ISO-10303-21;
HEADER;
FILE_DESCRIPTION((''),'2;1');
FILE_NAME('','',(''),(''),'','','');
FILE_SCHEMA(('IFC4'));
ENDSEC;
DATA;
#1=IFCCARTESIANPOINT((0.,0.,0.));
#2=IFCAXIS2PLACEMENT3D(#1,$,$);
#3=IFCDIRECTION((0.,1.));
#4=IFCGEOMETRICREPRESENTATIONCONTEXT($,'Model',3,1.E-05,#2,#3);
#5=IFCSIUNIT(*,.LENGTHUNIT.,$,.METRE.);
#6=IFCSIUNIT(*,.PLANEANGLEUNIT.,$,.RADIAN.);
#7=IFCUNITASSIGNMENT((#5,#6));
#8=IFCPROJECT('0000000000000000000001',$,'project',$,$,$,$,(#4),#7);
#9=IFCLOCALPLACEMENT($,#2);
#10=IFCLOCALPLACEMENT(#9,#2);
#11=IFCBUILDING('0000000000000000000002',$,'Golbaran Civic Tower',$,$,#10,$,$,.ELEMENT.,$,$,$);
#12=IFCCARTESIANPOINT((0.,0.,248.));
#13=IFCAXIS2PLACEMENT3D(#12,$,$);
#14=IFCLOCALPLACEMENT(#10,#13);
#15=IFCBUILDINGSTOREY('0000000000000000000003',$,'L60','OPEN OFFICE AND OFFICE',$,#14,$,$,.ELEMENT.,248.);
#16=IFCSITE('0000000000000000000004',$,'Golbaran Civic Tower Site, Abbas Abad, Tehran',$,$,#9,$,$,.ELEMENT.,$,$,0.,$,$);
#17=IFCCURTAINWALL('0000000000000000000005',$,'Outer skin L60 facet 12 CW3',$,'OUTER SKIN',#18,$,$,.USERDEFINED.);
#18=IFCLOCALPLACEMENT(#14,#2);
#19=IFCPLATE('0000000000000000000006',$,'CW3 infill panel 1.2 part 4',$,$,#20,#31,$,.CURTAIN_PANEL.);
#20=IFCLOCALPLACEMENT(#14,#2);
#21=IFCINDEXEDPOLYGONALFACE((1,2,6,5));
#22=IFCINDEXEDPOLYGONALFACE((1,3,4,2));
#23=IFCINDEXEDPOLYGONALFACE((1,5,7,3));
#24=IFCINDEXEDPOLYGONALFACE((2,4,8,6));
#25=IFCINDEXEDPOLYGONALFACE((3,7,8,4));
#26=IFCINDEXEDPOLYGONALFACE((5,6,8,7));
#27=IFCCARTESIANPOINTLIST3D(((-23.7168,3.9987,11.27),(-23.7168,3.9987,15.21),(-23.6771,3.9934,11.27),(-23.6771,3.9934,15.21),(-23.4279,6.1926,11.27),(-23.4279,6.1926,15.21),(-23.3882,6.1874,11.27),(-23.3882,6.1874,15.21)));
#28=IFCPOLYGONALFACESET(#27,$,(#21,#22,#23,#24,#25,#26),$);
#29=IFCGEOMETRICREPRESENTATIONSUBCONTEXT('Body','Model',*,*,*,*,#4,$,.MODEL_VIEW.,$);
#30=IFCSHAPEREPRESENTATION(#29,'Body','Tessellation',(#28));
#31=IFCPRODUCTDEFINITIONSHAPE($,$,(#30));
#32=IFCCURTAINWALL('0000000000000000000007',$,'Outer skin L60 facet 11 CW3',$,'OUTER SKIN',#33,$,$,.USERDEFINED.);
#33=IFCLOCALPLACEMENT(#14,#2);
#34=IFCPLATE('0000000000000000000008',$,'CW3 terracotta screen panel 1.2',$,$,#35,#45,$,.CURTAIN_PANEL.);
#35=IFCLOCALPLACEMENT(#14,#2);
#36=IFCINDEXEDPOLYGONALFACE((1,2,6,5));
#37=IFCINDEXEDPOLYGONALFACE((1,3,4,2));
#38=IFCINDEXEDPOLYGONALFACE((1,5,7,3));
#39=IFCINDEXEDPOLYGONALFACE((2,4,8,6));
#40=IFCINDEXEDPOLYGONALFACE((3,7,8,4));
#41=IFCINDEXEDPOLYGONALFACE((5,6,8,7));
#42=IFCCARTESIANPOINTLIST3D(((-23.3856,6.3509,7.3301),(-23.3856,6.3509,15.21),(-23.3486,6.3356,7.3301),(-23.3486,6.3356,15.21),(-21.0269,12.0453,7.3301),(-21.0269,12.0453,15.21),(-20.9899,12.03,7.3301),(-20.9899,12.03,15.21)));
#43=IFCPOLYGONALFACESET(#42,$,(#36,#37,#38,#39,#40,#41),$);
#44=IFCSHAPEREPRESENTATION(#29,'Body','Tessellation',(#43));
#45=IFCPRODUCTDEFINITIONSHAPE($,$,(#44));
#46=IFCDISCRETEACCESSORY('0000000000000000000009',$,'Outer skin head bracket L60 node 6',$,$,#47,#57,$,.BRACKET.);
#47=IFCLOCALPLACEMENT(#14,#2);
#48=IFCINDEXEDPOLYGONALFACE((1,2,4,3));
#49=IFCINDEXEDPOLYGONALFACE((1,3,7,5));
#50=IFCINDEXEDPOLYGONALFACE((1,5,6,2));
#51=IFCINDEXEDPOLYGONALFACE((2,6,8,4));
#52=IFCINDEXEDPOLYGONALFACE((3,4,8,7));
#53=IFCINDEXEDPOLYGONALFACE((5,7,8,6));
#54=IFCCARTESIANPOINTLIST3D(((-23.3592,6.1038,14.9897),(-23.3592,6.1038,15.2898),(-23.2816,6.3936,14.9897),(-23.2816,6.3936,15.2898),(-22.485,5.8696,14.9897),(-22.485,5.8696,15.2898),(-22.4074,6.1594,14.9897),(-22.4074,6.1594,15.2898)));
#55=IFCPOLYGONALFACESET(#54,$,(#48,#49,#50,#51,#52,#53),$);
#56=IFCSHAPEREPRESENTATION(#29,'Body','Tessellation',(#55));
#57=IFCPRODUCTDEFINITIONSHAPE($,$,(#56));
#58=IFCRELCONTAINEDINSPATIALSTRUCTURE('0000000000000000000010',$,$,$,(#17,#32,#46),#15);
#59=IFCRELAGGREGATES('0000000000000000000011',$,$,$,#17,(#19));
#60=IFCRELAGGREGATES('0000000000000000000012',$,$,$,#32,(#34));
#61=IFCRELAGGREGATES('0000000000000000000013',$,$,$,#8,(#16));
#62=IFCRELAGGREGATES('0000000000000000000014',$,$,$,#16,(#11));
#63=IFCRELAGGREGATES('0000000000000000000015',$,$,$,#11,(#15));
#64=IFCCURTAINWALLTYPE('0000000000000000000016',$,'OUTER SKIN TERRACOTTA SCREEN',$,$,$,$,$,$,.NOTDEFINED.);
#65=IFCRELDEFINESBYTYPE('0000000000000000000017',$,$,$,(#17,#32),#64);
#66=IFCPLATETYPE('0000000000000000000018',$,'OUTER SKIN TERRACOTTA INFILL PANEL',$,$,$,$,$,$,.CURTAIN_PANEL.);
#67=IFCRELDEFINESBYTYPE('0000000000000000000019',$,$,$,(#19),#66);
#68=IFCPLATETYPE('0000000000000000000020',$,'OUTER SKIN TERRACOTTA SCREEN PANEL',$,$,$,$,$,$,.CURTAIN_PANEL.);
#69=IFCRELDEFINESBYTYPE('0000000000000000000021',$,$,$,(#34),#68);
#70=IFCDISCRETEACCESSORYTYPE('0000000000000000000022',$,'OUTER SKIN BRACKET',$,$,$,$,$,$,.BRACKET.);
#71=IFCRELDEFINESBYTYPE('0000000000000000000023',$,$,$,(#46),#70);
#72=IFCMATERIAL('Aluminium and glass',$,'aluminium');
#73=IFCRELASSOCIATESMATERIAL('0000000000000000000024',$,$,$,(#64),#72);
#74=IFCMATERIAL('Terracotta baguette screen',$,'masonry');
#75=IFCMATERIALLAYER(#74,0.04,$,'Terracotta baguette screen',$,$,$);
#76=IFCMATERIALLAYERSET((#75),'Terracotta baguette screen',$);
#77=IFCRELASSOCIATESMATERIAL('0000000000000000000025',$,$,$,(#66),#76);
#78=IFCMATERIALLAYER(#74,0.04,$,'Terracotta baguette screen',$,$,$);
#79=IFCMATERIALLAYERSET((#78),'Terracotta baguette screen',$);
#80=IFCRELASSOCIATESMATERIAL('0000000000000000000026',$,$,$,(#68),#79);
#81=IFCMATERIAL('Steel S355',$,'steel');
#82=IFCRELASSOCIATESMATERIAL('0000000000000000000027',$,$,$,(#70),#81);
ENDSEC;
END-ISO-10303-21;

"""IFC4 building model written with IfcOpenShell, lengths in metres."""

from ifc_helpers import new_model, si_unit, direction, frame, origin, origin_2d, place, context, subcontext, project, spatial, rectangle, extrude, material, layer, layer_set, type_object, element, aggregate, save


model = new_model("IFC4")

# Units and contexts
model_context = context("Model", 3, precision=1e-05, world=origin(), true_north=direction((0.0, 1.0)))
body_context = subcontext(model_context, "Body", "Model", "MODEL_VIEW")
ifc_project = project(units=[si_unit("LENGTHUNIT", "METRE"), si_unit("PLANEANGLEUNIT", "RADIAN")], contexts=[model_context])

# Site, building, storey
site_placement = place(None, origin())
site = spatial("IfcSite", under=ifc_project, at=site_placement, Name="Golbaran Civic Tower Site, Abbas Abad, Tehran", CompositionType="ELEMENT", RefElevation=0.0)
building_placement = place(site_placement, origin())
building = spatial("IfcBuilding", under=site, at=building_placement, Name="Golbaran Civic Tower", CompositionType="ELEMENT")
storey_placement = place(building_placement, frame((0.0, 0.0, 248.0)))
storey = spatial("IfcBuildingStorey", under=building, at=storey_placement, Name="L60", Description="OPEN OFFICE AND OFFICE", CompositionType="ELEMENT", Elevation=248.0)

# Curtain wall
ifc_material_1 = material(Name="Aluminium and glass", Category="aluminium")
curtain_wall_type_1 = type_object("IfcCurtainWallType", Name="OUTER SKIN TERRACOTTA SCREEN", PredefinedType="NOTDEFINED", material=ifc_material_1)
curtain_wall_1_placement = place(storey_placement, origin())
curtain_wall_1 = element("IfcCurtainWall", 1, at=curtain_wall_1_placement, inside=storey, type_object=curtain_wall_type_1, Name="Outer skin L60 facet 12 CW3", ObjectType="OUTER SKIN", PredefinedType="USERDEFINED")

# Plate
ifc_material_2 = material(Name="Terracotta baguette screen", Category="masonry")
ifc_layer_1 = layer(ifc_material_2, 0.04, Name="Terracotta baguette screen")
ifc_layer_set_1 = layer_set([ifc_layer_1], Name="Terracotta baguette screen")
plate_type_1 = type_object("IfcPlateType", Name="OUTER SKIN TERRACOTTA INFILL PANEL", PredefinedType="CURTAIN_PANEL", material=ifc_layer_set_1)
plate_1_placement = place(storey_placement, frame((-23.5525, 5.093, 11.27), z_axis=(0.0, 0.0, 1.0), x_axis=(-0.130526, -0.991445, 0.0)))
plate_1 = element("IfcPlate", 2, at=plate_1_placement, type_object=plate_type_1, Name="CW3 infill panel 1.2 part 4", PredefinedType="CURTAIN_PANEL", context=body_context, shape_type="SweptSolid", body=[
    extrude(rectangle(XDim=2.2129, YDim=0.04, at=origin_2d()), origin(), (0.0, 0.0, 1.0), 3.9399),
])
aggregate(curtain_wall_1, [plate_1])

# Curtain wall, plate
curtain_wall_2_placement = place(storey_placement, origin())
curtain_wall_2 = element("IfcCurtainWall", 3, at=curtain_wall_2_placement, inside=storey, type_object=curtain_wall_type_1, Name="Outer skin L60 facet 11 CW3", ObjectType="OUTER SKIN", PredefinedType="USERDEFINED")
ifc_layer_2 = layer(ifc_material_2, 0.04, Name="Terracotta baguette screen")
ifc_layer_set_2 = layer_set([ifc_layer_2], Name="Terracotta baguette screen")
plate_type_2 = type_object("IfcPlateType", Name="OUTER SKIN TERRACOTTA SCREEN PANEL", PredefinedType="CURTAIN_PANEL", material=ifc_layer_set_2)
plate_2_placement = place(storey_placement, frame((-22.1877, 9.1904, 7.3301), z_axis=(0.0, 0.0, 1.0), x_axis=(-0.382683, -0.92388, 0.0)))
plate_2 = element("IfcPlate", 4, at=plate_2_placement, type_object=plate_type_2, Name="CW3 terracotta screen panel 1.2", PredefinedType="CURTAIN_PANEL", context=body_context, shape_type="SweptSolid", body=[
    extrude(rectangle(XDim=6.1636, YDim=0.04, at=origin_2d()), origin(), (0.0, 0.0, 1.0), 7.8799),
])
aggregate(curtain_wall_2, [plate_2])

# Discrete accessory
ifc_material_3 = material(Name="Steel S355", Category="steel")
discrete_accessory_type = type_object("IfcDiscreteAccessoryType", Name="OUTER SKIN BRACKET", PredefinedType="BRACKET", material=ifc_material_3)
discrete_accessory_placement = place(storey_placement, frame((-22.8833, 6.1316, 14.9897), z_axis=(0.0, 0.0, 1.0), x_axis=(-0.965926, 0.258819, 0.0)))
element("IfcDiscreteAccessory", 5, at=discrete_accessory_placement, inside=storey, type_object=discrete_accessory_type, Name="Outer skin head bracket L60 node 6", PredefinedType="BRACKET", context=body_context, shape_type="SweptSolid", body=[
    extrude(rectangle(XDim=0.905, YDim=0.3, at=origin_2d()), origin(), (0.0, 0.0, 1.0), 0.3),
])

save(model, "model.ifc")
